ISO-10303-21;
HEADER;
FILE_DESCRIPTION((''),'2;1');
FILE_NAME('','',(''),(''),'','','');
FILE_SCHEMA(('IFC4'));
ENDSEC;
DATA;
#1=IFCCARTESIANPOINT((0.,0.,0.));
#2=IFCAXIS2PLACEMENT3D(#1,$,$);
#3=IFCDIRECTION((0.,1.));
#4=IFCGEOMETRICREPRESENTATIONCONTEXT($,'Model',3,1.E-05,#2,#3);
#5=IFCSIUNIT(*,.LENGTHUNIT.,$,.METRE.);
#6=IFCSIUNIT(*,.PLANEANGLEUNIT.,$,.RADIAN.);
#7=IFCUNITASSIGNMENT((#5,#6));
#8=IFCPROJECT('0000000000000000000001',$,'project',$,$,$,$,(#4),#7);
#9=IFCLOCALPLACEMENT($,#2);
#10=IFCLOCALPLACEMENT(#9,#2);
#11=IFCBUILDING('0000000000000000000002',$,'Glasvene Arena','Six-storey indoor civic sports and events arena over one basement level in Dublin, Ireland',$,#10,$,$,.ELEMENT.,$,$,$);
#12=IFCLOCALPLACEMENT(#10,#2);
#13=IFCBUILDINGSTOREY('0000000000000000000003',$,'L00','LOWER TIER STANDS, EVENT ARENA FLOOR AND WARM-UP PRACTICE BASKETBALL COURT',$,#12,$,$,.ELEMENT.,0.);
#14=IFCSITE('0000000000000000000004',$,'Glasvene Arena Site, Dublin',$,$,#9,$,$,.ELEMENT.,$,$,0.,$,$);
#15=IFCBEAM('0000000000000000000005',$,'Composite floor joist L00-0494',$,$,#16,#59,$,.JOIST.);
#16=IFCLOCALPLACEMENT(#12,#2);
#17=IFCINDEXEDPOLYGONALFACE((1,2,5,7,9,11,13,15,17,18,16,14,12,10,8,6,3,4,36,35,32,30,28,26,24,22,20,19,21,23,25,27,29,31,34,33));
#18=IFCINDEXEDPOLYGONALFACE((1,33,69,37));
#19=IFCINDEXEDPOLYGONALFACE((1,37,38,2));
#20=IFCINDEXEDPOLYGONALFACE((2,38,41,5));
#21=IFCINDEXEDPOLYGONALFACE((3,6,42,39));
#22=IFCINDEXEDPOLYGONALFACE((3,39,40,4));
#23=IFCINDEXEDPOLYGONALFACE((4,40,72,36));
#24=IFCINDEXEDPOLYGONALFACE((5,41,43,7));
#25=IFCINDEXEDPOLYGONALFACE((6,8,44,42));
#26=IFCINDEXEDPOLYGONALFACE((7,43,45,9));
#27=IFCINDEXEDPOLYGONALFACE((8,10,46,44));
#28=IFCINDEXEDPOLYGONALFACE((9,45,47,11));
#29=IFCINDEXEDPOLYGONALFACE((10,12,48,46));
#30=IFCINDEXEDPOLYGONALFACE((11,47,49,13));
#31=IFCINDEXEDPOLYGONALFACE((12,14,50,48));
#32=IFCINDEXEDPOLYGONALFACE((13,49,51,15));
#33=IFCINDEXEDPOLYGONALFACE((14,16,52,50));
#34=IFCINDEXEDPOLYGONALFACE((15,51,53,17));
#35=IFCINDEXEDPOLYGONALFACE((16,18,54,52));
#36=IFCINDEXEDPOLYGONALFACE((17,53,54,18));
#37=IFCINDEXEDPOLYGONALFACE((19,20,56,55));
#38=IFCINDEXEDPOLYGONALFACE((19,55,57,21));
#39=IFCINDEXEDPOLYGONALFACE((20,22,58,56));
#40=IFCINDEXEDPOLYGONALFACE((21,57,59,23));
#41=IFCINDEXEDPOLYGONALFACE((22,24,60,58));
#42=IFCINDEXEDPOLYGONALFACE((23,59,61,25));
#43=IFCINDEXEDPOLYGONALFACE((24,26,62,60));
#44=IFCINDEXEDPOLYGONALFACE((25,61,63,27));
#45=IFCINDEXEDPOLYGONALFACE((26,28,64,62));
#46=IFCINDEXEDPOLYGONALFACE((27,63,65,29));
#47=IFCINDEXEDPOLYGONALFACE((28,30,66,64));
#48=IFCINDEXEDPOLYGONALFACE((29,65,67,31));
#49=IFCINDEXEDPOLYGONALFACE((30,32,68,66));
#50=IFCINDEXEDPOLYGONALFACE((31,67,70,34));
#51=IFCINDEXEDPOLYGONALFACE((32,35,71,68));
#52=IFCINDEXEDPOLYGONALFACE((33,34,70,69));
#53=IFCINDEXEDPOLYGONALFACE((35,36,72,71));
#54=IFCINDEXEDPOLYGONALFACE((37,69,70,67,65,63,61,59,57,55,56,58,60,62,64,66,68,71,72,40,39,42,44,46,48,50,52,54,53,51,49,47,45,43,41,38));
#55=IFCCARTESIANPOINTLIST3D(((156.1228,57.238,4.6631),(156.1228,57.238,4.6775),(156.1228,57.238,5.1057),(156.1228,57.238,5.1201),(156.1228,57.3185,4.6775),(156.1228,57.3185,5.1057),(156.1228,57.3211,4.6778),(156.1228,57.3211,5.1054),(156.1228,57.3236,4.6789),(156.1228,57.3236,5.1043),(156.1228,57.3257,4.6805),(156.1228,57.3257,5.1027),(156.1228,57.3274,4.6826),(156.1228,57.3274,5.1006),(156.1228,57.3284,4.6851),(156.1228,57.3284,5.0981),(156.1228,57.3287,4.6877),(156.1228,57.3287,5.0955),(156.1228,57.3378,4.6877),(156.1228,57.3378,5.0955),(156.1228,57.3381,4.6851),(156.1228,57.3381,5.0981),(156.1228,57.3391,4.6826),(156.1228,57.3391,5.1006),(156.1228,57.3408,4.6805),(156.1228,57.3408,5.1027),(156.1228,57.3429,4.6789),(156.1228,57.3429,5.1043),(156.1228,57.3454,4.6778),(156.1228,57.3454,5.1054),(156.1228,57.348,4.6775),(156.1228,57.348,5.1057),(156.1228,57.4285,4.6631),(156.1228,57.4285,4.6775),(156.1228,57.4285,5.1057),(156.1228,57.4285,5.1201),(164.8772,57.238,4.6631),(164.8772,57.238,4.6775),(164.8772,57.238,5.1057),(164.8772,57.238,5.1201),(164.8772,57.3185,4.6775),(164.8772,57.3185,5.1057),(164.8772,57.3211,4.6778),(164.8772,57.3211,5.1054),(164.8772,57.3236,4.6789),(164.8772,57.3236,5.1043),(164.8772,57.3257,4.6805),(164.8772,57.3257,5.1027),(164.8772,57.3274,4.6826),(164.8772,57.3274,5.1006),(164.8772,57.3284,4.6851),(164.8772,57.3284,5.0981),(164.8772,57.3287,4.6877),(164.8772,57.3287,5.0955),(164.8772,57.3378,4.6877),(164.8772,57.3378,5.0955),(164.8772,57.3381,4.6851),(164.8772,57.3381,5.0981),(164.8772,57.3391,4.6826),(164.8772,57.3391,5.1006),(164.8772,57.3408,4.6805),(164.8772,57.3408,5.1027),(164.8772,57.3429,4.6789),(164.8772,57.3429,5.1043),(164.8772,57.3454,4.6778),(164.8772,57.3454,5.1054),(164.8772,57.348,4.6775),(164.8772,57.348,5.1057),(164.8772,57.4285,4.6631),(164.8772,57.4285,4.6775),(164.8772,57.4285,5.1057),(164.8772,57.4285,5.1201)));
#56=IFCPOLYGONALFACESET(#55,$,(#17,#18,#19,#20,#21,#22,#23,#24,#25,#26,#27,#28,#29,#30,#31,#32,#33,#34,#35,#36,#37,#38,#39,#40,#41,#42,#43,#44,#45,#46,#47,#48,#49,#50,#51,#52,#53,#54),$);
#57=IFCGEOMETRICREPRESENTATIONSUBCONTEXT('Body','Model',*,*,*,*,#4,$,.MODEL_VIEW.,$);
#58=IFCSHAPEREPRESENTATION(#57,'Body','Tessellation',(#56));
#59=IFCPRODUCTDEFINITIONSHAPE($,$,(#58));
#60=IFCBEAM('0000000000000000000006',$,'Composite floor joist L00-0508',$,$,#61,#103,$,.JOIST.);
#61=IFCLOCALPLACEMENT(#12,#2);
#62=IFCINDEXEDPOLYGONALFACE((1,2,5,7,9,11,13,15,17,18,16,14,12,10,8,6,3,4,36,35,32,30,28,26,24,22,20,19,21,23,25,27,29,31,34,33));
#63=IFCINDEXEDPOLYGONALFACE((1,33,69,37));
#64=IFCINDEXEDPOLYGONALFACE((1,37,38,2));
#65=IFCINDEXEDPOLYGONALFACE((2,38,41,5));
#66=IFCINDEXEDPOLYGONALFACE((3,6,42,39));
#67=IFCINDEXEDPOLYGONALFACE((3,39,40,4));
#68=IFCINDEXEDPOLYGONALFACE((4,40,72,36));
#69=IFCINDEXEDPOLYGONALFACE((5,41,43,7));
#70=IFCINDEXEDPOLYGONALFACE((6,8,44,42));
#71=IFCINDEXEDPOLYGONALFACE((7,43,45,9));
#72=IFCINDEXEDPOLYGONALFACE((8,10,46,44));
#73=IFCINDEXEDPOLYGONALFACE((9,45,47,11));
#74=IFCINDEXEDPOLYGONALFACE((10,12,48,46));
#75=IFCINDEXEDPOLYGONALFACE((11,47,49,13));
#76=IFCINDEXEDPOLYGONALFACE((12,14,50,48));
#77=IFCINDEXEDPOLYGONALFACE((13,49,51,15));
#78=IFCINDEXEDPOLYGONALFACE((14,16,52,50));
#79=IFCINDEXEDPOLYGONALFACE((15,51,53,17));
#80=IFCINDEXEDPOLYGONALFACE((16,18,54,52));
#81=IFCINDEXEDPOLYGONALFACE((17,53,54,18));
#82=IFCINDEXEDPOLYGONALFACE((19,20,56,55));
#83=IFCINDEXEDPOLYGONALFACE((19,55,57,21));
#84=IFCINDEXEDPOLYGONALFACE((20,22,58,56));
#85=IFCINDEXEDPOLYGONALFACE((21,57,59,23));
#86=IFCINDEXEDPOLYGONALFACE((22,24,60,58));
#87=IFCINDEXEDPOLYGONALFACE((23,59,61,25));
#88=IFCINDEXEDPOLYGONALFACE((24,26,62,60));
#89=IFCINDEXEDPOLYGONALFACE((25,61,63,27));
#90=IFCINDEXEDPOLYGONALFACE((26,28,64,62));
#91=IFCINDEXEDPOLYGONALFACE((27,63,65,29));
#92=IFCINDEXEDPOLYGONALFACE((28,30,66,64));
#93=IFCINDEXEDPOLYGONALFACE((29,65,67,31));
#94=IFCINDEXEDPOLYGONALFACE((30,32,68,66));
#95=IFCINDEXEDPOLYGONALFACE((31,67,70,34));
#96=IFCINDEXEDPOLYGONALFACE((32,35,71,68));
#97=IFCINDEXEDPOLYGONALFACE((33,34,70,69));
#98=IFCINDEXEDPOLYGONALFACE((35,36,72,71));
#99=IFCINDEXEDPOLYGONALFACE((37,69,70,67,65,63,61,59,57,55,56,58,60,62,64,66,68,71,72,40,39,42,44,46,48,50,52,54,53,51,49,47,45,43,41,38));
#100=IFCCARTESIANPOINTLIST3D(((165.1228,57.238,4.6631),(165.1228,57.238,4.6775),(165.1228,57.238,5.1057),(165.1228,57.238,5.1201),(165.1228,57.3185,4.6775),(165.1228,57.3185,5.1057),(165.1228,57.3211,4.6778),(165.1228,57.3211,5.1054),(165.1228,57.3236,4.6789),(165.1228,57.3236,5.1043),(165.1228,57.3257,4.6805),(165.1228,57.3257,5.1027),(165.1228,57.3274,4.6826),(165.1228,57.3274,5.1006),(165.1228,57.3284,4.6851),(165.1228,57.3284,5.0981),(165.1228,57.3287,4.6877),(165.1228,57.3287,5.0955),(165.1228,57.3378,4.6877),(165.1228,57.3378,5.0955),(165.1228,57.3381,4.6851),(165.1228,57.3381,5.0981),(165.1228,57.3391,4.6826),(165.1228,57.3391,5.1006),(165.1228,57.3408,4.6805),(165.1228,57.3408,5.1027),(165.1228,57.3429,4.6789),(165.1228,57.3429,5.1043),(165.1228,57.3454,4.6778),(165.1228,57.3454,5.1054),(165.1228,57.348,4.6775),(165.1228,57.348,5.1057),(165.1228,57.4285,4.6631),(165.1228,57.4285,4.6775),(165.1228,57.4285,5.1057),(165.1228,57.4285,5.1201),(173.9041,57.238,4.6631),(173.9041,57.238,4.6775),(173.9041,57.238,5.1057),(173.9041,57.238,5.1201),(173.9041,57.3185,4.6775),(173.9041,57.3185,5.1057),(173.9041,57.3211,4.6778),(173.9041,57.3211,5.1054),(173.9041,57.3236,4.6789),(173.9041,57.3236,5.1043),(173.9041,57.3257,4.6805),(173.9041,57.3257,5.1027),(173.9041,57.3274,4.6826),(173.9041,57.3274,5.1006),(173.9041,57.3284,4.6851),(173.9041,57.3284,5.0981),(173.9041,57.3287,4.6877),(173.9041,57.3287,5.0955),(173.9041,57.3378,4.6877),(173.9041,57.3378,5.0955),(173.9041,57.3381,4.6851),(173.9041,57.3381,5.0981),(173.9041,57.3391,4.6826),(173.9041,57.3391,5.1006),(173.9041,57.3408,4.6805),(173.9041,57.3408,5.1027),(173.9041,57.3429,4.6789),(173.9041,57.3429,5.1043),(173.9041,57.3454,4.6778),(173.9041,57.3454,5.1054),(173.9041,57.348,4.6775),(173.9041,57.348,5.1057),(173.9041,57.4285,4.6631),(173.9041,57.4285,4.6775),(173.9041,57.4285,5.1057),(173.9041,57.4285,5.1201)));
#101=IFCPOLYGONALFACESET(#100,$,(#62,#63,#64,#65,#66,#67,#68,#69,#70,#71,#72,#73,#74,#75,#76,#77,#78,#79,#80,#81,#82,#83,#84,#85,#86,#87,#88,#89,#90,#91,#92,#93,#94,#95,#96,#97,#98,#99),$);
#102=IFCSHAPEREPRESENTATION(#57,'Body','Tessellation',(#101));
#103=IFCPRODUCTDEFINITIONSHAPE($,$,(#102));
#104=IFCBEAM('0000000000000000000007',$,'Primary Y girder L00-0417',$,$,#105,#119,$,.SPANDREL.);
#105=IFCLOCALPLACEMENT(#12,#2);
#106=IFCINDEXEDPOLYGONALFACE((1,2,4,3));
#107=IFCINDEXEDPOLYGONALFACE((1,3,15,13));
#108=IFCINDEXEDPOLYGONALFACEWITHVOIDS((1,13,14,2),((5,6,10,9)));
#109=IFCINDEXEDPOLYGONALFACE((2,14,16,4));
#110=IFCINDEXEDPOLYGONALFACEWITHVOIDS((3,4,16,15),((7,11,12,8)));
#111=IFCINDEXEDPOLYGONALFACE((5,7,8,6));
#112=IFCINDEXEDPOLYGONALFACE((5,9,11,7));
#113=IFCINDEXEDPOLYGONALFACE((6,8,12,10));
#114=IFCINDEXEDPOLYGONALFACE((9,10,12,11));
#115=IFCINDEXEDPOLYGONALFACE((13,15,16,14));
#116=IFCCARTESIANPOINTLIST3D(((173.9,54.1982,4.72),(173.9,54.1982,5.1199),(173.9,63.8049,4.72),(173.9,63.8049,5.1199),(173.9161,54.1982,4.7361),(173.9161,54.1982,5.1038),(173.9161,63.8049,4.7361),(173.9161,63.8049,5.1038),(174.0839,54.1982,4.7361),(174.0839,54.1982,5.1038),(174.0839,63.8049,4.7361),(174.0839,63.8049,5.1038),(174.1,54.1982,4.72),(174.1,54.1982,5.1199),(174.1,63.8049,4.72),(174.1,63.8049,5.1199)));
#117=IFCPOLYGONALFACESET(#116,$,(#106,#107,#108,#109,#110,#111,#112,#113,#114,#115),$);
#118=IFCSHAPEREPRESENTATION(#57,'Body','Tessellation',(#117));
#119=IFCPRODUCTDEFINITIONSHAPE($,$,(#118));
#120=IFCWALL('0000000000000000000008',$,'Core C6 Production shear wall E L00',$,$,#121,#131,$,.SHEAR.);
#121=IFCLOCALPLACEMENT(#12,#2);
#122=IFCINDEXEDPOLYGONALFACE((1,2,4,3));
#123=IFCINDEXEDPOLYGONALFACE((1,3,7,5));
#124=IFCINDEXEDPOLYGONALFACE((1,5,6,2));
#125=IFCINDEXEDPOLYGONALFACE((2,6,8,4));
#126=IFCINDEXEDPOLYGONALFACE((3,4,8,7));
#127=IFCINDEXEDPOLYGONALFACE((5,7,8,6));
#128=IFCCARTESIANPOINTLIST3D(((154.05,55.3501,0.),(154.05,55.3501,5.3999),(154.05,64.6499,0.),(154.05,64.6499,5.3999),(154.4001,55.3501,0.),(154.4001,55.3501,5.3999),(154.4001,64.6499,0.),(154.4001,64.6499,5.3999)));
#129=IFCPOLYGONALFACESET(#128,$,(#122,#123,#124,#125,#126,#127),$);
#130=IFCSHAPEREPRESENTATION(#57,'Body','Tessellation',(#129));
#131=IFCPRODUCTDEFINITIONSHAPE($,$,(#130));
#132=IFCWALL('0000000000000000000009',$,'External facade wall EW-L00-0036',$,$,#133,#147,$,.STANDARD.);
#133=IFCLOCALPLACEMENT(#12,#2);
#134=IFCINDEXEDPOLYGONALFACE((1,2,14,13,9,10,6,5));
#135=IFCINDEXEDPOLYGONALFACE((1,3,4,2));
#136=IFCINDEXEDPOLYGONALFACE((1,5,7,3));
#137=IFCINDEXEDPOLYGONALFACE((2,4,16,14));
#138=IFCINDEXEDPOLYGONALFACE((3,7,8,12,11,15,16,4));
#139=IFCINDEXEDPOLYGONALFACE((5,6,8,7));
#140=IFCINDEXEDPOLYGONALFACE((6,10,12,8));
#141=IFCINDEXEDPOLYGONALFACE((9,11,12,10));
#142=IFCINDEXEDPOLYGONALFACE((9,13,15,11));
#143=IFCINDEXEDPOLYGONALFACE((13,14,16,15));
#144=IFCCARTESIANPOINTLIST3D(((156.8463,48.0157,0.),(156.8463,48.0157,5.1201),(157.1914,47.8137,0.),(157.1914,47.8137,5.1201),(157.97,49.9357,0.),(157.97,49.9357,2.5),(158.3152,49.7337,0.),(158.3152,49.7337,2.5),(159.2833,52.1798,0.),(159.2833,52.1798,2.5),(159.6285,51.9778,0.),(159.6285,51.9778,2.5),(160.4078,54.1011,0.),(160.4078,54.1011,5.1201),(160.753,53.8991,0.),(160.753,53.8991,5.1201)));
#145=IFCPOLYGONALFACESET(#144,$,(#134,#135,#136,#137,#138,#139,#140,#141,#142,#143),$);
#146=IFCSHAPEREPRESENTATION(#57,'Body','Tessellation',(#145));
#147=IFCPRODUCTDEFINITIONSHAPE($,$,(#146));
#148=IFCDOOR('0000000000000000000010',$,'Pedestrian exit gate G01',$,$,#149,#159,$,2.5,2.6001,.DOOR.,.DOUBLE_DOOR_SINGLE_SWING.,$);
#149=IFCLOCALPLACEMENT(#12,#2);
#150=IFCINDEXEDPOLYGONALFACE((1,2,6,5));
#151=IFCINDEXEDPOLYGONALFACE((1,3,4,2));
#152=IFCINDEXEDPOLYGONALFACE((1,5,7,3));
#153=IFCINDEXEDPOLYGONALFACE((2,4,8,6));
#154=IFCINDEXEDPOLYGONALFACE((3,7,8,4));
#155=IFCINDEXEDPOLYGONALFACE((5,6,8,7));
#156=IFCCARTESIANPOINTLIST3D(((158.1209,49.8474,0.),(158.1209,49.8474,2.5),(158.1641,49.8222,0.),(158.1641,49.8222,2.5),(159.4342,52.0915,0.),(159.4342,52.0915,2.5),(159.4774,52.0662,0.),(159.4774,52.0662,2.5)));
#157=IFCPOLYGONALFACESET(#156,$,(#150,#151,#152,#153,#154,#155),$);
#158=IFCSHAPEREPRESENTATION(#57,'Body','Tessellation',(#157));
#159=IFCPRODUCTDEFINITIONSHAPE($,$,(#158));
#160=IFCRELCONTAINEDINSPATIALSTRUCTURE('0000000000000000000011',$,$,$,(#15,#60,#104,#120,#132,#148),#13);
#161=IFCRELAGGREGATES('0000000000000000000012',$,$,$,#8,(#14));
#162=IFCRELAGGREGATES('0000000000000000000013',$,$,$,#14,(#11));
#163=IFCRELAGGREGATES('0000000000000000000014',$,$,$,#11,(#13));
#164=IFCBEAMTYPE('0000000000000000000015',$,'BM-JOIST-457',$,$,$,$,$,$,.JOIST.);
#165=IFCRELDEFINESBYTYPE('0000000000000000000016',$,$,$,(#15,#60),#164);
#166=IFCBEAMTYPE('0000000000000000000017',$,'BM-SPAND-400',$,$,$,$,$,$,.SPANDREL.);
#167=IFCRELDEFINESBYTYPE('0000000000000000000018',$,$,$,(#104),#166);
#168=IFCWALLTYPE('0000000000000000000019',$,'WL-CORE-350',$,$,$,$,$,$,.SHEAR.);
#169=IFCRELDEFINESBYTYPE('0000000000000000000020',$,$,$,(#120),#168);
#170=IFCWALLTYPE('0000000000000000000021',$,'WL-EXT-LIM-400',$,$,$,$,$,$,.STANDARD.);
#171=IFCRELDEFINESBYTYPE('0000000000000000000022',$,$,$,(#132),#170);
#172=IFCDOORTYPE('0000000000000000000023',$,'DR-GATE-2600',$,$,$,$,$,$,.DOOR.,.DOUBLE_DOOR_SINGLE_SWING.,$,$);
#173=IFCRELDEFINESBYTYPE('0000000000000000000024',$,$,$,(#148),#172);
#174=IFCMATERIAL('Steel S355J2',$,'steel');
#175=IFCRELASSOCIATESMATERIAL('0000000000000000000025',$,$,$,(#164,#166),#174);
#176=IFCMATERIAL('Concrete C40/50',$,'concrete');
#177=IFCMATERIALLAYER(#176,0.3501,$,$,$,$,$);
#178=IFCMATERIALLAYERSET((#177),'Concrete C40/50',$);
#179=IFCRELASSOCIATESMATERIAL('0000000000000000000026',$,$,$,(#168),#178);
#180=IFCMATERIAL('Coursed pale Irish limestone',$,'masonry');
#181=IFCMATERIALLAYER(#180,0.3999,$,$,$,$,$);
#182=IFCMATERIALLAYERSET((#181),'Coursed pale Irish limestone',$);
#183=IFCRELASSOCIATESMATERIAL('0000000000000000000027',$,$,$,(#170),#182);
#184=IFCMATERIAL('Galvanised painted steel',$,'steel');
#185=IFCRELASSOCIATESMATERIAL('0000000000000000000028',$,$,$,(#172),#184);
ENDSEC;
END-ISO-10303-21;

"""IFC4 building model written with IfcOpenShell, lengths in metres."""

from ifc_helpers import new_model, si_unit, direction, frame, frame_2d, origin, origin_2d, place, context, subcontext, project, spatial, rectangle, hollow_rectangle, i_section, extrude, material, layer, layer_set, material_profile, profile_set, type_object, element, fill, save


model = new_model("IFC4")

# Units and contexts
model_context = context("Model", 3, precision=1e-05, world=origin(), true_north=direction((0.0, 1.0)))
body_context = subcontext(model_context, "Body", "Model", "MODEL_VIEW")
ifc_project = project(units=[si_unit("LENGTHUNIT", "METRE"), si_unit("PLANEANGLEUNIT", "RADIAN")], contexts=[model_context])

# Site, building, storey
site_placement = place(None, origin())
site = spatial("IfcSite", under=ifc_project, at=site_placement, Name="Glasvene Arena Site, Dublin", CompositionType="ELEMENT", RefElevation=0.0)
building_placement = place(site_placement, origin())
building = spatial("IfcBuilding", under=site, at=building_placement, Name="Glasvene Arena", Description="Six-storey indoor civic sports and events arena over one basement level in Dublin, Ireland", CompositionType="ELEMENT")
storey_placement = place(building_placement, origin())
storey = spatial("IfcBuildingStorey", under=building, at=storey_placement, Name="L00", Description="LOWER TIER STANDS, EVENT ARENA FLOOR AND WARM-UP PRACTICE BASKETBALL COURT", CompositionType="ELEMENT", Elevation=0.0)

# Shared definitions
ifc_material_1 = material(Name="Steel S355J2", Category="steel")

# Beams
ifc_material_profile_1 = material_profile(ifc_material_1, i_section(OverallWidth=0.1904, OverallDepth=0.457, WebThickness=0.009, FlangeThickness=0.0144, FilletRadius=0.0103, at=origin_2d()), Name="UKB 457x191x74")
ifc_profile_set_1 = profile_set([ifc_material_profile_1], Name="Steel S355J2")
beam_type_1 = type_object("IfcBeamType", Name="BM-JOIST-457", PredefinedType="JOIST", material=ifc_profile_set_1)
beam_1_placement = place(storey_placement, frame((156.1228, 57.3333, 4.8916), z_axis=(1.0, 0.0, 0.0), x_axis=(0.0, 1.0, 0.0)))
element("IfcBeam", 1, at=beam_1_placement, inside=storey, type_object=beam_type_1, Name="Composite floor joist L00-0494", PredefinedType="JOIST", context=body_context, shape_type="SweptSolid", body=[
    extrude(i_section(OverallWidth=0.1904, OverallDepth=0.457, WebThickness=0.009, FlangeThickness=0.0144, FilletRadius=0.0103, at=origin_2d()), origin(), (0.0, 0.0, 1.0), 8.7544),
])
beam_2_placement = place(storey_placement, frame((165.1228, 57.3333, 4.8916), z_axis=(1.0, 0.0, 0.0), x_axis=(0.0, 1.0, 0.0)))
element("IfcBeam", 2, at=beam_2_placement, inside=storey, type_object=beam_type_1, Name="Composite floor joist L00-0508", PredefinedType="JOIST", context=body_context, shape_type="SweptSolid", body=[
    extrude(i_section(OverallWidth=0.1904, OverallDepth=0.457, WebThickness=0.009, FlangeThickness=0.0144, FilletRadius=0.0103, at=origin_2d()), origin(), (0.0, 0.0, 1.0), 8.7812),
])
ifc_material_profile_2 = material_profile(ifc_material_1, hollow_rectangle(XDim=0.2, YDim=0.3999, WallThickness=0.0161, at=origin_2d()), Name="RHS 400x200x16.0")
ifc_profile_set_2 = profile_set([ifc_material_profile_2], Name="Steel S355J2")
beam_type_2 = type_object("IfcBeamType", Name="BM-SPAND-400", PredefinedType="SPANDREL", material=ifc_profile_set_2)
beam_3_placement = place(storey_placement, frame((174.0, 54.1982, 4.9199), z_axis=(0.0, 1.0, 0.0), x_axis=(-1.0, 0.0, 0.0)))
element("IfcBeam", 3, at=beam_3_placement, inside=storey, type_object=beam_type_2, Name="Primary Y girder L00-0417", PredefinedType="SPANDREL", context=body_context, shape_type="SweptSolid", body=[
    extrude(hollow_rectangle(XDim=0.2, YDim=0.3999, WallThickness=0.0161, at=origin_2d()), origin(), (0.0, 0.0, 1.0), 9.6067),
])

# Shared definitions
ifc_material_2 = material(Name="Concrete C40/50", Category="concrete")

# Wall
ifc_layer_1 = layer(ifc_material_2, 0.3501)
ifc_layer_set_1 = layer_set([ifc_layer_1], Name="Concrete C40/50")
wall_type_1 = type_object("IfcWallType", Name="WL-CORE-350", PredefinedType="SHEAR", material=ifc_layer_set_1)
wall_1_placement = place(storey_placement, frame((154.2251, 55.3501, 0.0), z_axis=(0.0, 0.0, 1.0), x_axis=(0.0, 1.0, 0.0)))
element("IfcWall", 4, at=wall_1_placement, inside=storey, type_object=wall_type_1, Name="Core C6 Production shear wall E L00", PredefinedType="SHEAR", context=body_context, shape_type="SweptSolid", body=[
    extrude(rectangle(XDim=9.2998, YDim=0.3501, at=frame_2d((4.6499, 0.0))), origin(), (0.0, 0.0, 1.0), 5.3999),
])

# Wall, opening, door
ifc_material_3 = material(Name="Coursed pale Irish limestone", Category="masonry")
ifc_layer_2 = layer(ifc_material_3, 0.3999)
ifc_layer_set_2 = layer_set([ifc_layer_2], Name="Coursed pale Irish limestone")
wall_type_2 = type_object("IfcWallType", Name="WL-EXT-LIM-400", PredefinedType="STANDARD", material=ifc_layer_set_2)
wall_2_placement = place(storey_placement, frame((160.5803, 54.0, 0.0), z_axis=(0.0, 0.0, 1.0), x_axis=(-0.505106, -0.863057, 0.0)))
wall_2 = element("IfcWall", 5, at=wall_2_placement, inside=storey, type_object=wall_type_2, Name="External facade wall EW-L00-0036", PredefinedType="STANDARD", context=body_context, shape_type="SweptSolid", body=[
    extrude(rectangle(XDim=7.051, YDim=0.3999, at=frame_2d((3.5254, 0.0))), origin(), (0.0, 0.0, 1.0), 5.1201),
])
opening_1_placement = place(wall_2_placement, frame((2.2261, 0.0, 0.0)))
opening_1 = element("IfcOpeningElement", 6, at=opening_1_placement, cuts=wall_2, PredefinedType="OPENING", context=body_context, shape_type="SweptSolid", body=[
    extrude(rectangle(XDim=2.6001, YDim=2.5, at=frame_2d((1.3, 1.25))), frame((0.0, 0.21, 0.0), z_axis=(0.0, -1.0, 0.0), x_axis=(1.0, 0.0, 0.0)), (0.0, 0.0, 1.0), 0.4199),
])
ifc_material_4 = material(Name="Galvanised painted steel", Category="steel")
door_type = type_object("IfcDoorType", Name="DR-GATE-2600", OperationType="DOUBLE_DOOR_SINGLE_SWING", PredefinedType="DOOR", material=ifc_material_4)
door_1_placement = place(opening_1_placement, origin())
door_1 = element("IfcDoor", 7, at=door_1_placement, inside=storey, type_object=door_type, Name="Pedestrian exit gate G01", OperationType="DOUBLE_DOOR_SINGLE_SWING", OverallHeight=2.5, OverallWidth=2.6001, PredefinedType="DOOR", context=body_context, shape_type="SweptSolid", body=[
    extrude(rectangle(XDim=2.6001, YDim=2.5, at=frame_2d((1.3, 1.25))), frame((0.0, 0.0249, 0.0), z_axis=(0.0, -1.0, 0.0), x_axis=(1.0, 0.0, 0.0)), (0.0, 0.0, 1.0), 0.05),
])
fill(opening_1, door_1)

save(model, "model.ifc")
